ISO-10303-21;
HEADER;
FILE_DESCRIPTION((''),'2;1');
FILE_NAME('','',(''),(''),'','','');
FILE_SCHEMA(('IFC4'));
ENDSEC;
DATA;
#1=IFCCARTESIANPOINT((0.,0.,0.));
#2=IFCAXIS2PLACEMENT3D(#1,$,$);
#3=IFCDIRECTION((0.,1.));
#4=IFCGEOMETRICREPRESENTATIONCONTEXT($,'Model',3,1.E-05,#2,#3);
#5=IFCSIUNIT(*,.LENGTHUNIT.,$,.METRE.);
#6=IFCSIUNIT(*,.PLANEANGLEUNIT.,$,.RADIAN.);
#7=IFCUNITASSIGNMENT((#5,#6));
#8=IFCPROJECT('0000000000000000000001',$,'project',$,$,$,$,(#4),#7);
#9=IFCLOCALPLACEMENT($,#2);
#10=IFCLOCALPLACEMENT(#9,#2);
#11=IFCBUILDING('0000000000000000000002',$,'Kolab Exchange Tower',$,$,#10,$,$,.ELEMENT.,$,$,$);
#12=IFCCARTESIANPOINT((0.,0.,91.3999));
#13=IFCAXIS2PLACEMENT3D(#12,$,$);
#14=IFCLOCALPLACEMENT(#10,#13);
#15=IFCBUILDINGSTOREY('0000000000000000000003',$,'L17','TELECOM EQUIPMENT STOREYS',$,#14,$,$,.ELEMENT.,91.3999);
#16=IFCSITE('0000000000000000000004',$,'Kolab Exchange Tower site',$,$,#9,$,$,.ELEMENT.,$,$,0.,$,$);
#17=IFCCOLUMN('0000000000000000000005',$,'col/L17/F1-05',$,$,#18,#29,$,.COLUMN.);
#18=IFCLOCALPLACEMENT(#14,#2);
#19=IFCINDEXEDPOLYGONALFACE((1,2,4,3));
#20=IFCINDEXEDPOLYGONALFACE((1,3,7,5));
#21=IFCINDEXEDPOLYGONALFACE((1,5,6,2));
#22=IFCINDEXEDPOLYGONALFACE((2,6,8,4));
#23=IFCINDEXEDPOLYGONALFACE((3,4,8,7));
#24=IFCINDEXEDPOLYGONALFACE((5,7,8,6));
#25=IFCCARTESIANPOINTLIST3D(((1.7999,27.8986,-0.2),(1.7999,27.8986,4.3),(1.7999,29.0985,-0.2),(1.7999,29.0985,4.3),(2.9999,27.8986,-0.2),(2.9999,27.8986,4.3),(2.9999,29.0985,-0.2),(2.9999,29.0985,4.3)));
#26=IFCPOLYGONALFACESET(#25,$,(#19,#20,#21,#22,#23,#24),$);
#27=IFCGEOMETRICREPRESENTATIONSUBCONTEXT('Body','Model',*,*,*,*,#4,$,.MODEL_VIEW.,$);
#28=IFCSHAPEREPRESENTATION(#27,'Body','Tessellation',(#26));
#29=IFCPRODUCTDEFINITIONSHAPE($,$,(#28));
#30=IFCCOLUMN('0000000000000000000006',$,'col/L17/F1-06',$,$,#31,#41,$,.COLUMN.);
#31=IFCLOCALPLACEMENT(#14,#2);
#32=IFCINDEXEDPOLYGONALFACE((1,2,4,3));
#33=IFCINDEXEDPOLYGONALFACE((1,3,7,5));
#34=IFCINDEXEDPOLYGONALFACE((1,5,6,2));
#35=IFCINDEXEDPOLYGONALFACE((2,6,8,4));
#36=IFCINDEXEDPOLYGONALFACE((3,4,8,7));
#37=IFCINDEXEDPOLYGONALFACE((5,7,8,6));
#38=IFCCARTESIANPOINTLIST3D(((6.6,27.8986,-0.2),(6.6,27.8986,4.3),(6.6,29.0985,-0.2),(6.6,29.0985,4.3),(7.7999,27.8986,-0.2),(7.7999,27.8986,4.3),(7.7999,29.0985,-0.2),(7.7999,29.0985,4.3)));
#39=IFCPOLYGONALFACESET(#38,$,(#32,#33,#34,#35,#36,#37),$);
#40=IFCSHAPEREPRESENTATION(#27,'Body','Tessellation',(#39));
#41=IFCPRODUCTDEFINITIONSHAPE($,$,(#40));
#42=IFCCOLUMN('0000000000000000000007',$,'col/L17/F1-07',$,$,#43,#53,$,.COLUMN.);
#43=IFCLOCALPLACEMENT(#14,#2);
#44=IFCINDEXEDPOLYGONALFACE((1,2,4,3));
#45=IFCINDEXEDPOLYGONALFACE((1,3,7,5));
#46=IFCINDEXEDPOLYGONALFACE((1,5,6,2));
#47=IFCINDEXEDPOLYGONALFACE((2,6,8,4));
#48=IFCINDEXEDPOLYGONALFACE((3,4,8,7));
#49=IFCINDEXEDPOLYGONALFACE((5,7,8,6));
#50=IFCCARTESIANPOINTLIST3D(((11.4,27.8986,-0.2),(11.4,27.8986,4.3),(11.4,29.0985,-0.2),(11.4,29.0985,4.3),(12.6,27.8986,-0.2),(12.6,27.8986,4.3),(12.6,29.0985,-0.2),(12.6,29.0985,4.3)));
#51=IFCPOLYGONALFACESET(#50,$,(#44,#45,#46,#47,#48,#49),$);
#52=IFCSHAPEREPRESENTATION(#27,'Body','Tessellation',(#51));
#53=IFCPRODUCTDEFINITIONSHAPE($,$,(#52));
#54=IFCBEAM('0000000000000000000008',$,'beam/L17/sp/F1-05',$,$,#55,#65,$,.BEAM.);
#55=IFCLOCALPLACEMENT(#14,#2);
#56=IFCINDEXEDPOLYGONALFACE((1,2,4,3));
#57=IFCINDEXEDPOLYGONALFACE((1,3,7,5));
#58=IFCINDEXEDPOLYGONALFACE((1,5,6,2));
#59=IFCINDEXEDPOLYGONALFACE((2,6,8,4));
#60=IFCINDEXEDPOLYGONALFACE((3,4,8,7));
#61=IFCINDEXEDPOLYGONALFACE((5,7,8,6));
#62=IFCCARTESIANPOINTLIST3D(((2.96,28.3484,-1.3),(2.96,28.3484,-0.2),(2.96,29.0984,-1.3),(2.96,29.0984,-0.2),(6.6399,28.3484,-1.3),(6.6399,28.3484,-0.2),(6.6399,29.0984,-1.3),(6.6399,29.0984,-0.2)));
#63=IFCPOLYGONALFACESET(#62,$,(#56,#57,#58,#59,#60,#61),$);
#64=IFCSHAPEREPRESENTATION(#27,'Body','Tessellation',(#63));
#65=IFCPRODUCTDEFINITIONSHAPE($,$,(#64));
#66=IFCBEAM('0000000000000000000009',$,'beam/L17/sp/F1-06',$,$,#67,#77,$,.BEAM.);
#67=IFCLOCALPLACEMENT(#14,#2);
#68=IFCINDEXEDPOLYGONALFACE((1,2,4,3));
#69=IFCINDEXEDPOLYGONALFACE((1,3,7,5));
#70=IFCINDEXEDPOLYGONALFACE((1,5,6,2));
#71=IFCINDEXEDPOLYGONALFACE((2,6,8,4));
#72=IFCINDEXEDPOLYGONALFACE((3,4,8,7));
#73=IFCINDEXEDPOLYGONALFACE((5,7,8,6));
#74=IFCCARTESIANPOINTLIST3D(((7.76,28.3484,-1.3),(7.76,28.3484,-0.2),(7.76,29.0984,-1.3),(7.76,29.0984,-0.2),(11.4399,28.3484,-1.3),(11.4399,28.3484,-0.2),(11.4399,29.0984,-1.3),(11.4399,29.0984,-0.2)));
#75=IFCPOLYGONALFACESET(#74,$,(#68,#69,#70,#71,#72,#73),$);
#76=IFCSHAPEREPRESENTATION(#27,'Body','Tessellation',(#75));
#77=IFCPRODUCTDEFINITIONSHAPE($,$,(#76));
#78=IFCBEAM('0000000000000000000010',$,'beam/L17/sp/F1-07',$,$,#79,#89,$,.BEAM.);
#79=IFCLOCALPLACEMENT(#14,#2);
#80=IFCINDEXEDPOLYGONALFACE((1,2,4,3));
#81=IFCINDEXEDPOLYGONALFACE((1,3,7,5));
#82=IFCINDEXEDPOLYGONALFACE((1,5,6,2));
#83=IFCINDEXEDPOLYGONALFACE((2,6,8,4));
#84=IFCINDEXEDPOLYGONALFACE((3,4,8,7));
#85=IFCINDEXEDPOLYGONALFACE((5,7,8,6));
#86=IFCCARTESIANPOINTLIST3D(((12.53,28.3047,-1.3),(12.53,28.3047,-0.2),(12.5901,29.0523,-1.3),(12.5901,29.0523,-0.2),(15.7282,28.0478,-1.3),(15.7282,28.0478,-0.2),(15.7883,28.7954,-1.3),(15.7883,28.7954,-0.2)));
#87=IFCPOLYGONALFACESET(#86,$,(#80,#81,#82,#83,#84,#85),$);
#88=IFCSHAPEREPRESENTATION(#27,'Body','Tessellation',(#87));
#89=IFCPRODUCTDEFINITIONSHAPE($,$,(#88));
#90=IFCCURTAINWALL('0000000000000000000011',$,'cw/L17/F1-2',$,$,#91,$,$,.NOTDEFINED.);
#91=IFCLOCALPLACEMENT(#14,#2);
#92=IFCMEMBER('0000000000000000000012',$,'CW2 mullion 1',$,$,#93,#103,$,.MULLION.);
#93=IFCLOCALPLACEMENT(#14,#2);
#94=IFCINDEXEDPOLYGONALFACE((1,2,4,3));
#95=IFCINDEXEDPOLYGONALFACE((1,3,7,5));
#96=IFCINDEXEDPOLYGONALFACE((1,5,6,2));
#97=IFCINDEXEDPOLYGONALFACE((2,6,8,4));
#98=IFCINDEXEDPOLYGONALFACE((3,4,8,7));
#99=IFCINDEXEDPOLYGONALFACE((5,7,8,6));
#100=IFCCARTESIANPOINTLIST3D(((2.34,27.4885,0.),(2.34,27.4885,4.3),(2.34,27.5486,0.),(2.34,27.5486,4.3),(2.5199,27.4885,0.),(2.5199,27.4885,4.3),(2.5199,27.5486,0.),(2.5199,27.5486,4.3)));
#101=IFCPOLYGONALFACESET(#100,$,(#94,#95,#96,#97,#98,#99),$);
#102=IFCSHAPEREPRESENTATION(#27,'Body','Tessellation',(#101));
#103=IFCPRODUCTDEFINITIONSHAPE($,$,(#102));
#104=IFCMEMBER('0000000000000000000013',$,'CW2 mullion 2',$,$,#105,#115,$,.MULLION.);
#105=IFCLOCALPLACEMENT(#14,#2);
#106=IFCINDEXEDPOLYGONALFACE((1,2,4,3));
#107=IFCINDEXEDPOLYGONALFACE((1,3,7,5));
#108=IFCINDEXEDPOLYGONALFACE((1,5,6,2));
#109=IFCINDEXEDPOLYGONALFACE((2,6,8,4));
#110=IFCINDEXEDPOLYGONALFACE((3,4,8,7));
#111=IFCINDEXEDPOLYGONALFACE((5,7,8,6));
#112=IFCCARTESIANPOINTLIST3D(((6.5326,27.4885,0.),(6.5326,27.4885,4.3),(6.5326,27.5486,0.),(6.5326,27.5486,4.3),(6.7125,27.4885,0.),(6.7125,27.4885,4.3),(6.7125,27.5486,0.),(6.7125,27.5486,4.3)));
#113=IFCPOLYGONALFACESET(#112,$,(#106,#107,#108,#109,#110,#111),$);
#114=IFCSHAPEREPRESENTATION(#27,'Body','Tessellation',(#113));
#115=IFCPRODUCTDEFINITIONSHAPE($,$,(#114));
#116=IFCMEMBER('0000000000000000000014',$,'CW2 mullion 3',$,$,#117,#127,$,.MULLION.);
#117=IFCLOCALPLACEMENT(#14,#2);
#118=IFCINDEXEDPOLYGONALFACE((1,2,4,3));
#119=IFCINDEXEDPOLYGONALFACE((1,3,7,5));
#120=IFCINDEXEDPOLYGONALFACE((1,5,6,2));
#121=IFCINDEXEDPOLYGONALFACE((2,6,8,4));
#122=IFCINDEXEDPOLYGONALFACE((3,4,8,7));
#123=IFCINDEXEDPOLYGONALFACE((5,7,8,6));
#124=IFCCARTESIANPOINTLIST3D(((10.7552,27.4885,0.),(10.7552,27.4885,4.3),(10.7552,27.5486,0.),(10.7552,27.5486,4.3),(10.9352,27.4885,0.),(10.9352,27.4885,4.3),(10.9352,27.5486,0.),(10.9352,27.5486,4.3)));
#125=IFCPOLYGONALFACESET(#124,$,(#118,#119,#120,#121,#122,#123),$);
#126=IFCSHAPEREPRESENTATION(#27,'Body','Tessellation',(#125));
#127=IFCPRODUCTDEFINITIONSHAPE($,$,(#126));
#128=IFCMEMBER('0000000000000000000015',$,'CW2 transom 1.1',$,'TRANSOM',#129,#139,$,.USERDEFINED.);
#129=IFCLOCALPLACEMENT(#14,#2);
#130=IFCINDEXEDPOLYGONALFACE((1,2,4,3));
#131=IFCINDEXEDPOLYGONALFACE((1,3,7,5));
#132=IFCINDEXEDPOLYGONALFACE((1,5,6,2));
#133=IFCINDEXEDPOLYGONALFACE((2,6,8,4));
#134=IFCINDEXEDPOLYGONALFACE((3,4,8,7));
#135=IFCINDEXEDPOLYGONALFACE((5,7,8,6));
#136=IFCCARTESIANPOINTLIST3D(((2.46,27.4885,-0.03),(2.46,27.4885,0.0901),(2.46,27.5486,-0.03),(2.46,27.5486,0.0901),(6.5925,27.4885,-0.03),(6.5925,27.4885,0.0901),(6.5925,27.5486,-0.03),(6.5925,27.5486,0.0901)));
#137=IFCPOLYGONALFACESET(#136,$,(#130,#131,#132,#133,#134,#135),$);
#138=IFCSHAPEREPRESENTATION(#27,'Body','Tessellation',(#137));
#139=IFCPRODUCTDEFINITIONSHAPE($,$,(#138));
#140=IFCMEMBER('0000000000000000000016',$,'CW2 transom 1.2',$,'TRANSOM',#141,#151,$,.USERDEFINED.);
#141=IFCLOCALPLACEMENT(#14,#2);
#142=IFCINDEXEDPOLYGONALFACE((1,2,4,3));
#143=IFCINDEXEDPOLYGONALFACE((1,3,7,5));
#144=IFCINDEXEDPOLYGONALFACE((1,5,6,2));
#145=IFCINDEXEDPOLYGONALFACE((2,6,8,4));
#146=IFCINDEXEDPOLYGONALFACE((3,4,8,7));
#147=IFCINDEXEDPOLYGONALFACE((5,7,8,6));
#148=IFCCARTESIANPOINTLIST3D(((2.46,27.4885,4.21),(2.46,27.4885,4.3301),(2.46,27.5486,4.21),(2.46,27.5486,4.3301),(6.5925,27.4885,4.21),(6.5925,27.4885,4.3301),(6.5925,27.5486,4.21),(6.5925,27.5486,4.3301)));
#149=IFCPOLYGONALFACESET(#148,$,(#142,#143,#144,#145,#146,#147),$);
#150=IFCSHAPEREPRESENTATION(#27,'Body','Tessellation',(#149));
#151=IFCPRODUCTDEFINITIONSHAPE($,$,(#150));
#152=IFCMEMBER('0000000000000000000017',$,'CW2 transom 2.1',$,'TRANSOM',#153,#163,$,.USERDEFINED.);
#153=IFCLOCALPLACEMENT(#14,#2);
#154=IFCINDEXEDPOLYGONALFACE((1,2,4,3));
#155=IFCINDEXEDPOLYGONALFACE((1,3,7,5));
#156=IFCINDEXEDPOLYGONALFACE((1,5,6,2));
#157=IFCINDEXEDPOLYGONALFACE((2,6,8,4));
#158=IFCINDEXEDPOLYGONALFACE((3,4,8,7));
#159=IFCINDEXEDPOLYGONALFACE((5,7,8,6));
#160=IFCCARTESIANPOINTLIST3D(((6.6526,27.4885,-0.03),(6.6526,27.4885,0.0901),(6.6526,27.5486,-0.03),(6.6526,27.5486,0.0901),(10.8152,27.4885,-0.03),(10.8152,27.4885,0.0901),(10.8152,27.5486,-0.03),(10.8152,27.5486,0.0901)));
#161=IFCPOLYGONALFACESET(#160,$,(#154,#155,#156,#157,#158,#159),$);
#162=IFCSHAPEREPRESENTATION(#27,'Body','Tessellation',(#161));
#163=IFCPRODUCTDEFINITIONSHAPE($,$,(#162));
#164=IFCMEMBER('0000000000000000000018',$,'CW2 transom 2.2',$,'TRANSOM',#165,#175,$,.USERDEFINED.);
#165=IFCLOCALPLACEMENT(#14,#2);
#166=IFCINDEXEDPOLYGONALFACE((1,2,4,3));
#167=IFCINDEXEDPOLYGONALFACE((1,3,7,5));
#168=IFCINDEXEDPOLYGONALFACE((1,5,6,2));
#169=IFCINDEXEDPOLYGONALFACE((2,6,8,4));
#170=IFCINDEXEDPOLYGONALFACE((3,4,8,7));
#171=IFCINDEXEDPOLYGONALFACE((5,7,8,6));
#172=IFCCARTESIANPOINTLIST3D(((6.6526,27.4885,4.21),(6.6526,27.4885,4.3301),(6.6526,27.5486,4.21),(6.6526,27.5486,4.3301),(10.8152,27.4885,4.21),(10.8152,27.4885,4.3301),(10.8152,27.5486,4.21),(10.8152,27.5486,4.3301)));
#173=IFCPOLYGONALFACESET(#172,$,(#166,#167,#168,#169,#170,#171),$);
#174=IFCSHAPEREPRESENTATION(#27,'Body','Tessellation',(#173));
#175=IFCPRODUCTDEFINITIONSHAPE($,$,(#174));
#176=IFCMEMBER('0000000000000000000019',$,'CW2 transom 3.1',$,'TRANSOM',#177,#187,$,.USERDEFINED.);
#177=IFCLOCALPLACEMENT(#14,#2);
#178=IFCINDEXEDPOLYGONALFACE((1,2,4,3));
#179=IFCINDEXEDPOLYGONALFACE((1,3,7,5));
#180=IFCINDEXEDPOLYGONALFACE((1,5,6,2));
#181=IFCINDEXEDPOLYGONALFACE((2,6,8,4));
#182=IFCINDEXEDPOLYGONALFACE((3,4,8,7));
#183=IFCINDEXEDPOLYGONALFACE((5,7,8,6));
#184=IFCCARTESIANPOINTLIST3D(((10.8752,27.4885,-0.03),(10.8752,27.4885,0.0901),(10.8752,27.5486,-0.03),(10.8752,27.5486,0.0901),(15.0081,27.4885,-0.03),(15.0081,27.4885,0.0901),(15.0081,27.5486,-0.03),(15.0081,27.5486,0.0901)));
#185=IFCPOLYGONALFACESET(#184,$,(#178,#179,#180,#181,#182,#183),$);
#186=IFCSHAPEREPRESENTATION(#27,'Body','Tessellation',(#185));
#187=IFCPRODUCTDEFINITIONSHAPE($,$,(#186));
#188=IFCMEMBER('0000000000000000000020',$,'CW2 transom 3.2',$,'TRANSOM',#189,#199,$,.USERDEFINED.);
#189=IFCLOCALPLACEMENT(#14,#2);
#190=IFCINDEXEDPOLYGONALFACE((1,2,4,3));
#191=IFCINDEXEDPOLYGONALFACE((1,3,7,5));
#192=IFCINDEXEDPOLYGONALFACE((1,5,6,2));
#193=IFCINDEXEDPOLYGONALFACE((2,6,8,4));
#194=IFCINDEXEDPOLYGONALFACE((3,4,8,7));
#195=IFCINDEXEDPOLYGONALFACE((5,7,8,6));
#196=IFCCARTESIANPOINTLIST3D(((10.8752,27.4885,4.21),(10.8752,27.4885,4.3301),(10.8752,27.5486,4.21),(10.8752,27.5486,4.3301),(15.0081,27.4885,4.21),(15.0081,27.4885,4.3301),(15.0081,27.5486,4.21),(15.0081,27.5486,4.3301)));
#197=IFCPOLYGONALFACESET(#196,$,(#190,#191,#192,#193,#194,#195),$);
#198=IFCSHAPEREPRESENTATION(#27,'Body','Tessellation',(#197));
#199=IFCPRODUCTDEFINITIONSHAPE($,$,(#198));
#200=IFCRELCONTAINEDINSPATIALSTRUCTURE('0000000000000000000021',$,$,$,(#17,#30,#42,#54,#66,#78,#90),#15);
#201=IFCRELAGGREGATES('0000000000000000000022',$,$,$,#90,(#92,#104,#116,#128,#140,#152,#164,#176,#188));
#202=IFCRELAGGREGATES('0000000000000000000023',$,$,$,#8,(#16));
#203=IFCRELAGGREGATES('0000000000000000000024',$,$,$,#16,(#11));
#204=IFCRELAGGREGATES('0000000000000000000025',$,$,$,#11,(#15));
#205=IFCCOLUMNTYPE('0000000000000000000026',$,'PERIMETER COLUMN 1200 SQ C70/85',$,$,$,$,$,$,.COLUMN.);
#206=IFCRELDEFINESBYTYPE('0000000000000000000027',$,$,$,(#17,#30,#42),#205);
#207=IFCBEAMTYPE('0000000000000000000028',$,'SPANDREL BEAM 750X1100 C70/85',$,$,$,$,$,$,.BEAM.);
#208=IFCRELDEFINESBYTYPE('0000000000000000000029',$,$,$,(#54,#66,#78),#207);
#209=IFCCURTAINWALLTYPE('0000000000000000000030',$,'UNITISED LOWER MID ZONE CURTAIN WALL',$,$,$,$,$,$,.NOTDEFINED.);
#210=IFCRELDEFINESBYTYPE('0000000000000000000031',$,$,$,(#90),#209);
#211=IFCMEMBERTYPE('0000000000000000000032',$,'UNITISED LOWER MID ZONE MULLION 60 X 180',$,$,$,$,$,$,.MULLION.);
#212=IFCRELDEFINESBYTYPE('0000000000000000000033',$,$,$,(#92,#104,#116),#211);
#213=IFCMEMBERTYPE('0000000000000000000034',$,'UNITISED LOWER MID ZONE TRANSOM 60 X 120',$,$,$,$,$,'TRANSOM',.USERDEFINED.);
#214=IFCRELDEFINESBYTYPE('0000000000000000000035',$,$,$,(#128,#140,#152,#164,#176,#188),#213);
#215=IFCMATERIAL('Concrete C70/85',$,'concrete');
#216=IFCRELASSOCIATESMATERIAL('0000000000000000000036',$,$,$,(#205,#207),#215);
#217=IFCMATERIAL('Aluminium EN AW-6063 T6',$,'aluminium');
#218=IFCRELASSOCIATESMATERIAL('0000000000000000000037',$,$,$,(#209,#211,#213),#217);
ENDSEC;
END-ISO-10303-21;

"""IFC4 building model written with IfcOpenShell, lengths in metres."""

from ifc_helpers import new_model, si_unit, direction, frame, origin, origin_2d, place, context, subcontext, project, spatial, rectangle, extrude, material, material_profile, profile_set, type_object, element, aggregate, save


model = new_model("IFC4")

# Units and contexts
model_context = context("Model", 3, precision=1e-05, world=origin(), true_north=direction((0.0, 1.0)))
body_context = subcontext(model_context, "Body", "Model", "MODEL_VIEW")
ifc_project = project(units=[si_unit("LENGTHUNIT", "METRE"), si_unit("PLANEANGLEUNIT", "RADIAN")], contexts=[model_context])

# Site, building, storey
site_placement = place(None, origin())
site = spatial("IfcSite", under=ifc_project, at=site_placement, Name="Kolab Exchange Tower site", CompositionType="ELEMENT", RefElevation=0.0)
building_placement = place(site_placement, origin())
building = spatial("IfcBuilding", under=site, at=building_placement, Name="Kolab Exchange Tower", CompositionType="ELEMENT")
storey_placement = place(building_placement, frame((0.0, 0.0, 91.3999)))
storey = spatial("IfcBuildingStorey", under=building, at=storey_placement, Name="L17", Description="TELECOM EQUIPMENT STOREYS", CompositionType="ELEMENT", Elevation=91.3999)

# Columns
ifc_material_1 = material(Name="Concrete C70/85", Category="concrete")
ifc_material_profile_1 = material_profile(ifc_material_1, rectangle(XDim=1.2, YDim=1.2, at=origin_2d()), Name="RC1200")
ifc_profile_set_1 = profile_set([ifc_material_profile_1], Name="Concrete C70/85")
column_type = type_object("IfcColumnType", Name="PERIMETER COLUMN 1200 SQ C70/85", PredefinedType="COLUMN", material=ifc_profile_set_1)
for number, where, z_axis, x_axis, name in (
    (1, (2.3999, 28.4985, -0.2), (0.0, 0.0, 1.0), (1.0, 0.0, 0.0), "col/L17/F1-05"),
    (2, (7.2, 28.4985, -0.2), (0.0, 0.0, 1.0), (1.0, 0.0, 0.0), "col/L17/F1-06"),
    (3, (12.0, 28.4985, -0.2), (0.0, 0.0, 1.0), (1.0, 0.0, 0.0), "col/L17/F1-07"),
):
    element("IfcColumn", number, at=place(storey_placement, frame(where, z_axis=z_axis, x_axis=x_axis)), inside=storey, type_object=column_type, Name=name, PredefinedType="COLUMN", context=body_context, shape_type="SweptSolid", body=[
        extrude(rectangle(XDim=1.2, YDim=1.2, at=origin_2d()), origin(), (0.0, 0.0, 1.0), 4.5),
    ])

# Beams
ifc_material_profile_2 = material_profile(ifc_material_1, rectangle(XDim=0.75, YDim=1.1001, at=origin_2d()), Name="RC750X1100")
ifc_profile_set_2 = profile_set([ifc_material_profile_2], Name="Concrete C70/85")
beam_type = type_object("IfcBeamType", Name="SPANDREL BEAM 750X1100 C70/85", PredefinedType="BEAM", material=ifc_profile_set_2)
for number, where, z_axis, x_axis, name in (
    (4, (2.96, 28.7234, -0.75), (1.0, 0.0, 0.0), (0.0, 1.0, 0.0), "beam/L17/sp/F1-05"),
    (5, (7.76, 28.7234, -0.75), (1.0, 0.0, 0.0), (0.0, 1.0, 0.0), "beam/L17/sp/F1-06"),
):
    element("IfcBeam", number, at=place(storey_placement, frame(where, z_axis=z_axis, x_axis=x_axis)), inside=storey, type_object=beam_type, Name=name, PredefinedType="BEAM", context=body_context, shape_type="SweptSolid", body=[
        extrude(rectangle(XDim=0.75, YDim=1.1001, at=origin_2d()), origin(), (0.0, 0.0, 1.0), 3.6799),
    ])
beam_placement = place(storey_placement, frame((12.5601, 28.6785, -0.75), z_axis=(0.996791, -0.080048, 0.0), x_axis=(0.080048, 0.996791, 0.0)))
element("IfcBeam", 6, at=beam_placement, inside=storey, type_object=beam_type, Name="beam/L17/sp/F1-07", PredefinedType="BEAM", context=body_context, shape_type="SweptSolid", body=[
    extrude(rectangle(XDim=0.75, YDim=1.1001, at=origin_2d()), origin(), (0.0, 0.0, 1.0), 3.2085),
])

# Curtain wall, members
ifc_material_2 = material(Name="Aluminium EN AW-6063 T6", Category="aluminium")
curtain_wall_type = type_object("IfcCurtainWallType", Name="UNITISED LOWER MID ZONE CURTAIN WALL", PredefinedType="NOTDEFINED", material=ifc_material_2)
curtain_wall_placement = place(storey_placement, origin())
curtain_wall = element("IfcCurtainWall", 7, at=curtain_wall_placement, inside=storey, type_object=curtain_wall_type, Name="cw/L17/F1-2", PredefinedType="NOTDEFINED")
ifc_material_profile_3 = material_profile(ifc_material_2, rectangle(XDim=0.0601, YDim=0.1799, at=origin_2d()), Name="RECT 60X180")
ifc_profile_set_3 = profile_set([ifc_material_profile_3], Name="Aluminium EN AW-6063 T6")
member_type_1 = type_object("IfcMemberType", Name="UNITISED LOWER MID ZONE MULLION 60 X 180", PredefinedType="MULLION", material=ifc_profile_set_3)
member_1_placement = place(storey_placement, frame((2.4299, 27.5186, 0.0), z_axis=(0.0, 0.0, 1.0), x_axis=(0.0, 1.0, 0.0)))
member_1 = element("IfcMember", 8, at=member_1_placement, type_object=member_type_1, Name="CW2 mullion 1", PredefinedType="MULLION", context=body_context, shape_type="SweptSolid", body=[
    extrude(rectangle(XDim=0.0601, YDim=0.1799, at=origin_2d()), origin(), (0.0, 0.0, 1.0), 4.3),
])
member_2_placement = place(storey_placement, frame((6.6226, 27.5186, 0.0), z_axis=(0.0, 0.0, 1.0), x_axis=(0.0, 1.0, 0.0)))
member_2 = element("IfcMember", 9, at=member_2_placement, type_object=member_type_1, Name="CW2 mullion 2", PredefinedType="MULLION", context=body_context, shape_type="SweptSolid", body=[
    extrude(rectangle(XDim=0.0601, YDim=0.1799, at=origin_2d()), origin(), (0.0, 0.0, 1.0), 4.3),
])
member_3_placement = place(storey_placement, frame((10.8452, 27.5186, 0.0), z_axis=(0.0, 0.0, 1.0), x_axis=(0.0, 1.0, 0.0)))
member_3 = element("IfcMember", 10, at=member_3_placement, type_object=member_type_1, Name="CW2 mullion 3", PredefinedType="MULLION", context=body_context, shape_type="SweptSolid", body=[
    extrude(rectangle(XDim=0.0601, YDim=0.1799, at=origin_2d()), origin(), (0.0, 0.0, 1.0), 4.3),
])
ifc_material_profile_4 = material_profile(ifc_material_2, rectangle(XDim=0.0601, YDim=0.1201, at=origin_2d()), Name="RECT 60X120")
ifc_profile_set_4 = profile_set([ifc_material_profile_4], Name="Aluminium EN AW-6063 T6")
member_type_2 = type_object("IfcMemberType", Name="UNITISED LOWER MID ZONE TRANSOM 60 X 120", ElementType="TRANSOM", PredefinedType="USERDEFINED", material=ifc_profile_set_4)
member_4_placement = place(storey_placement, frame((2.46, 27.5186, 0.03), z_axis=(1.0, 0.0, 0.0), x_axis=(0.0, 1.0, 0.0)))
member_4 = element("IfcMember", 11, at=member_4_placement, type_object=member_type_2, Name="CW2 transom 1.1", ObjectType="TRANSOM", PredefinedType="USERDEFINED", context=body_context, shape_type="SweptSolid", body=[
    extrude(rectangle(XDim=0.0601, YDim=0.1201, at=origin_2d()), origin(), (0.0, 0.0, 1.0), 4.1326),
])
member_5_placement = place(storey_placement, frame((2.46, 27.5186, 4.27), z_axis=(1.0, 0.0, 0.0), x_axis=(0.0, 1.0, 0.0)))
member_5 = element("IfcMember", 12, at=member_5_placement, type_object=member_type_2, Name="CW2 transom 1.2", ObjectType="TRANSOM", PredefinedType="USERDEFINED", context=body_context, shape_type="SweptSolid", body=[
    extrude(rectangle(XDim=0.0601, YDim=0.1201, at=origin_2d()), origin(), (0.0, 0.0, 1.0), 4.1326),
])
member_6_placement = place(storey_placement, frame((6.6526, 27.5186, 0.03), z_axis=(1.0, 0.0, 0.0), x_axis=(0.0, 1.0, 0.0)))
member_6 = element("IfcMember", 13, at=member_6_placement, type_object=member_type_2, Name="CW2 transom 2.1", ObjectType="TRANSOM", PredefinedType="USERDEFINED", context=body_context, shape_type="SweptSolid", body=[
    extrude(rectangle(XDim=0.0601, YDim=0.1201, at=origin_2d()), origin(), (0.0, 0.0, 1.0), 4.1626),
])
member_7_placement = place(storey_placement, frame((6.6526, 27.5186, 4.27), z_axis=(1.0, 0.0, 0.0), x_axis=(0.0, 1.0, 0.0)))
member_7 = element("IfcMember", 14, at=member_7_placement, type_object=member_type_2, Name="CW2 transom 2.2", ObjectType="TRANSOM", PredefinedType="USERDEFINED", context=body_context, shape_type="SweptSolid", body=[
    extrude(rectangle(XDim=0.0601, YDim=0.1201, at=origin_2d()), origin(), (0.0, 0.0, 1.0), 4.1626),
])
member_8_placement = place(storey_placement, frame((10.8752, 27.5186, 0.03), z_axis=(1.0, 0.0, 0.0), x_axis=(0.0, 1.0, 0.0)))
member_8 = element("IfcMember", 15, at=member_8_placement, type_object=member_type_2, Name="CW2 transom 3.1", ObjectType="TRANSOM", PredefinedType="USERDEFINED", context=body_context, shape_type="SweptSolid", body=[
    extrude(rectangle(XDim=0.0601, YDim=0.1201, at=origin_2d()), origin(), (0.0, 0.0, 1.0), 4.1328),
])
member_9_placement = place(storey_placement, frame((10.8752, 27.5186, 4.27), z_axis=(1.0, 0.0, 0.0), x_axis=(0.0, 1.0, 0.0)))
member_9 = element("IfcMember", 16, at=member_9_placement, type_object=member_type_2, Name="CW2 transom 3.2", ObjectType="TRANSOM", PredefinedType="USERDEFINED", context=body_context, shape_type="SweptSolid", body=[
    extrude(rectangle(XDim=0.0601, YDim=0.1201, at=origin_2d()), origin(), (0.0, 0.0, 1.0), 4.1328),
])
aggregate(curtain_wall, [member_1, member_2, member_3, member_4, member_5, member_6, member_7, member_8, member_9])

save(model, "model.ifc")
